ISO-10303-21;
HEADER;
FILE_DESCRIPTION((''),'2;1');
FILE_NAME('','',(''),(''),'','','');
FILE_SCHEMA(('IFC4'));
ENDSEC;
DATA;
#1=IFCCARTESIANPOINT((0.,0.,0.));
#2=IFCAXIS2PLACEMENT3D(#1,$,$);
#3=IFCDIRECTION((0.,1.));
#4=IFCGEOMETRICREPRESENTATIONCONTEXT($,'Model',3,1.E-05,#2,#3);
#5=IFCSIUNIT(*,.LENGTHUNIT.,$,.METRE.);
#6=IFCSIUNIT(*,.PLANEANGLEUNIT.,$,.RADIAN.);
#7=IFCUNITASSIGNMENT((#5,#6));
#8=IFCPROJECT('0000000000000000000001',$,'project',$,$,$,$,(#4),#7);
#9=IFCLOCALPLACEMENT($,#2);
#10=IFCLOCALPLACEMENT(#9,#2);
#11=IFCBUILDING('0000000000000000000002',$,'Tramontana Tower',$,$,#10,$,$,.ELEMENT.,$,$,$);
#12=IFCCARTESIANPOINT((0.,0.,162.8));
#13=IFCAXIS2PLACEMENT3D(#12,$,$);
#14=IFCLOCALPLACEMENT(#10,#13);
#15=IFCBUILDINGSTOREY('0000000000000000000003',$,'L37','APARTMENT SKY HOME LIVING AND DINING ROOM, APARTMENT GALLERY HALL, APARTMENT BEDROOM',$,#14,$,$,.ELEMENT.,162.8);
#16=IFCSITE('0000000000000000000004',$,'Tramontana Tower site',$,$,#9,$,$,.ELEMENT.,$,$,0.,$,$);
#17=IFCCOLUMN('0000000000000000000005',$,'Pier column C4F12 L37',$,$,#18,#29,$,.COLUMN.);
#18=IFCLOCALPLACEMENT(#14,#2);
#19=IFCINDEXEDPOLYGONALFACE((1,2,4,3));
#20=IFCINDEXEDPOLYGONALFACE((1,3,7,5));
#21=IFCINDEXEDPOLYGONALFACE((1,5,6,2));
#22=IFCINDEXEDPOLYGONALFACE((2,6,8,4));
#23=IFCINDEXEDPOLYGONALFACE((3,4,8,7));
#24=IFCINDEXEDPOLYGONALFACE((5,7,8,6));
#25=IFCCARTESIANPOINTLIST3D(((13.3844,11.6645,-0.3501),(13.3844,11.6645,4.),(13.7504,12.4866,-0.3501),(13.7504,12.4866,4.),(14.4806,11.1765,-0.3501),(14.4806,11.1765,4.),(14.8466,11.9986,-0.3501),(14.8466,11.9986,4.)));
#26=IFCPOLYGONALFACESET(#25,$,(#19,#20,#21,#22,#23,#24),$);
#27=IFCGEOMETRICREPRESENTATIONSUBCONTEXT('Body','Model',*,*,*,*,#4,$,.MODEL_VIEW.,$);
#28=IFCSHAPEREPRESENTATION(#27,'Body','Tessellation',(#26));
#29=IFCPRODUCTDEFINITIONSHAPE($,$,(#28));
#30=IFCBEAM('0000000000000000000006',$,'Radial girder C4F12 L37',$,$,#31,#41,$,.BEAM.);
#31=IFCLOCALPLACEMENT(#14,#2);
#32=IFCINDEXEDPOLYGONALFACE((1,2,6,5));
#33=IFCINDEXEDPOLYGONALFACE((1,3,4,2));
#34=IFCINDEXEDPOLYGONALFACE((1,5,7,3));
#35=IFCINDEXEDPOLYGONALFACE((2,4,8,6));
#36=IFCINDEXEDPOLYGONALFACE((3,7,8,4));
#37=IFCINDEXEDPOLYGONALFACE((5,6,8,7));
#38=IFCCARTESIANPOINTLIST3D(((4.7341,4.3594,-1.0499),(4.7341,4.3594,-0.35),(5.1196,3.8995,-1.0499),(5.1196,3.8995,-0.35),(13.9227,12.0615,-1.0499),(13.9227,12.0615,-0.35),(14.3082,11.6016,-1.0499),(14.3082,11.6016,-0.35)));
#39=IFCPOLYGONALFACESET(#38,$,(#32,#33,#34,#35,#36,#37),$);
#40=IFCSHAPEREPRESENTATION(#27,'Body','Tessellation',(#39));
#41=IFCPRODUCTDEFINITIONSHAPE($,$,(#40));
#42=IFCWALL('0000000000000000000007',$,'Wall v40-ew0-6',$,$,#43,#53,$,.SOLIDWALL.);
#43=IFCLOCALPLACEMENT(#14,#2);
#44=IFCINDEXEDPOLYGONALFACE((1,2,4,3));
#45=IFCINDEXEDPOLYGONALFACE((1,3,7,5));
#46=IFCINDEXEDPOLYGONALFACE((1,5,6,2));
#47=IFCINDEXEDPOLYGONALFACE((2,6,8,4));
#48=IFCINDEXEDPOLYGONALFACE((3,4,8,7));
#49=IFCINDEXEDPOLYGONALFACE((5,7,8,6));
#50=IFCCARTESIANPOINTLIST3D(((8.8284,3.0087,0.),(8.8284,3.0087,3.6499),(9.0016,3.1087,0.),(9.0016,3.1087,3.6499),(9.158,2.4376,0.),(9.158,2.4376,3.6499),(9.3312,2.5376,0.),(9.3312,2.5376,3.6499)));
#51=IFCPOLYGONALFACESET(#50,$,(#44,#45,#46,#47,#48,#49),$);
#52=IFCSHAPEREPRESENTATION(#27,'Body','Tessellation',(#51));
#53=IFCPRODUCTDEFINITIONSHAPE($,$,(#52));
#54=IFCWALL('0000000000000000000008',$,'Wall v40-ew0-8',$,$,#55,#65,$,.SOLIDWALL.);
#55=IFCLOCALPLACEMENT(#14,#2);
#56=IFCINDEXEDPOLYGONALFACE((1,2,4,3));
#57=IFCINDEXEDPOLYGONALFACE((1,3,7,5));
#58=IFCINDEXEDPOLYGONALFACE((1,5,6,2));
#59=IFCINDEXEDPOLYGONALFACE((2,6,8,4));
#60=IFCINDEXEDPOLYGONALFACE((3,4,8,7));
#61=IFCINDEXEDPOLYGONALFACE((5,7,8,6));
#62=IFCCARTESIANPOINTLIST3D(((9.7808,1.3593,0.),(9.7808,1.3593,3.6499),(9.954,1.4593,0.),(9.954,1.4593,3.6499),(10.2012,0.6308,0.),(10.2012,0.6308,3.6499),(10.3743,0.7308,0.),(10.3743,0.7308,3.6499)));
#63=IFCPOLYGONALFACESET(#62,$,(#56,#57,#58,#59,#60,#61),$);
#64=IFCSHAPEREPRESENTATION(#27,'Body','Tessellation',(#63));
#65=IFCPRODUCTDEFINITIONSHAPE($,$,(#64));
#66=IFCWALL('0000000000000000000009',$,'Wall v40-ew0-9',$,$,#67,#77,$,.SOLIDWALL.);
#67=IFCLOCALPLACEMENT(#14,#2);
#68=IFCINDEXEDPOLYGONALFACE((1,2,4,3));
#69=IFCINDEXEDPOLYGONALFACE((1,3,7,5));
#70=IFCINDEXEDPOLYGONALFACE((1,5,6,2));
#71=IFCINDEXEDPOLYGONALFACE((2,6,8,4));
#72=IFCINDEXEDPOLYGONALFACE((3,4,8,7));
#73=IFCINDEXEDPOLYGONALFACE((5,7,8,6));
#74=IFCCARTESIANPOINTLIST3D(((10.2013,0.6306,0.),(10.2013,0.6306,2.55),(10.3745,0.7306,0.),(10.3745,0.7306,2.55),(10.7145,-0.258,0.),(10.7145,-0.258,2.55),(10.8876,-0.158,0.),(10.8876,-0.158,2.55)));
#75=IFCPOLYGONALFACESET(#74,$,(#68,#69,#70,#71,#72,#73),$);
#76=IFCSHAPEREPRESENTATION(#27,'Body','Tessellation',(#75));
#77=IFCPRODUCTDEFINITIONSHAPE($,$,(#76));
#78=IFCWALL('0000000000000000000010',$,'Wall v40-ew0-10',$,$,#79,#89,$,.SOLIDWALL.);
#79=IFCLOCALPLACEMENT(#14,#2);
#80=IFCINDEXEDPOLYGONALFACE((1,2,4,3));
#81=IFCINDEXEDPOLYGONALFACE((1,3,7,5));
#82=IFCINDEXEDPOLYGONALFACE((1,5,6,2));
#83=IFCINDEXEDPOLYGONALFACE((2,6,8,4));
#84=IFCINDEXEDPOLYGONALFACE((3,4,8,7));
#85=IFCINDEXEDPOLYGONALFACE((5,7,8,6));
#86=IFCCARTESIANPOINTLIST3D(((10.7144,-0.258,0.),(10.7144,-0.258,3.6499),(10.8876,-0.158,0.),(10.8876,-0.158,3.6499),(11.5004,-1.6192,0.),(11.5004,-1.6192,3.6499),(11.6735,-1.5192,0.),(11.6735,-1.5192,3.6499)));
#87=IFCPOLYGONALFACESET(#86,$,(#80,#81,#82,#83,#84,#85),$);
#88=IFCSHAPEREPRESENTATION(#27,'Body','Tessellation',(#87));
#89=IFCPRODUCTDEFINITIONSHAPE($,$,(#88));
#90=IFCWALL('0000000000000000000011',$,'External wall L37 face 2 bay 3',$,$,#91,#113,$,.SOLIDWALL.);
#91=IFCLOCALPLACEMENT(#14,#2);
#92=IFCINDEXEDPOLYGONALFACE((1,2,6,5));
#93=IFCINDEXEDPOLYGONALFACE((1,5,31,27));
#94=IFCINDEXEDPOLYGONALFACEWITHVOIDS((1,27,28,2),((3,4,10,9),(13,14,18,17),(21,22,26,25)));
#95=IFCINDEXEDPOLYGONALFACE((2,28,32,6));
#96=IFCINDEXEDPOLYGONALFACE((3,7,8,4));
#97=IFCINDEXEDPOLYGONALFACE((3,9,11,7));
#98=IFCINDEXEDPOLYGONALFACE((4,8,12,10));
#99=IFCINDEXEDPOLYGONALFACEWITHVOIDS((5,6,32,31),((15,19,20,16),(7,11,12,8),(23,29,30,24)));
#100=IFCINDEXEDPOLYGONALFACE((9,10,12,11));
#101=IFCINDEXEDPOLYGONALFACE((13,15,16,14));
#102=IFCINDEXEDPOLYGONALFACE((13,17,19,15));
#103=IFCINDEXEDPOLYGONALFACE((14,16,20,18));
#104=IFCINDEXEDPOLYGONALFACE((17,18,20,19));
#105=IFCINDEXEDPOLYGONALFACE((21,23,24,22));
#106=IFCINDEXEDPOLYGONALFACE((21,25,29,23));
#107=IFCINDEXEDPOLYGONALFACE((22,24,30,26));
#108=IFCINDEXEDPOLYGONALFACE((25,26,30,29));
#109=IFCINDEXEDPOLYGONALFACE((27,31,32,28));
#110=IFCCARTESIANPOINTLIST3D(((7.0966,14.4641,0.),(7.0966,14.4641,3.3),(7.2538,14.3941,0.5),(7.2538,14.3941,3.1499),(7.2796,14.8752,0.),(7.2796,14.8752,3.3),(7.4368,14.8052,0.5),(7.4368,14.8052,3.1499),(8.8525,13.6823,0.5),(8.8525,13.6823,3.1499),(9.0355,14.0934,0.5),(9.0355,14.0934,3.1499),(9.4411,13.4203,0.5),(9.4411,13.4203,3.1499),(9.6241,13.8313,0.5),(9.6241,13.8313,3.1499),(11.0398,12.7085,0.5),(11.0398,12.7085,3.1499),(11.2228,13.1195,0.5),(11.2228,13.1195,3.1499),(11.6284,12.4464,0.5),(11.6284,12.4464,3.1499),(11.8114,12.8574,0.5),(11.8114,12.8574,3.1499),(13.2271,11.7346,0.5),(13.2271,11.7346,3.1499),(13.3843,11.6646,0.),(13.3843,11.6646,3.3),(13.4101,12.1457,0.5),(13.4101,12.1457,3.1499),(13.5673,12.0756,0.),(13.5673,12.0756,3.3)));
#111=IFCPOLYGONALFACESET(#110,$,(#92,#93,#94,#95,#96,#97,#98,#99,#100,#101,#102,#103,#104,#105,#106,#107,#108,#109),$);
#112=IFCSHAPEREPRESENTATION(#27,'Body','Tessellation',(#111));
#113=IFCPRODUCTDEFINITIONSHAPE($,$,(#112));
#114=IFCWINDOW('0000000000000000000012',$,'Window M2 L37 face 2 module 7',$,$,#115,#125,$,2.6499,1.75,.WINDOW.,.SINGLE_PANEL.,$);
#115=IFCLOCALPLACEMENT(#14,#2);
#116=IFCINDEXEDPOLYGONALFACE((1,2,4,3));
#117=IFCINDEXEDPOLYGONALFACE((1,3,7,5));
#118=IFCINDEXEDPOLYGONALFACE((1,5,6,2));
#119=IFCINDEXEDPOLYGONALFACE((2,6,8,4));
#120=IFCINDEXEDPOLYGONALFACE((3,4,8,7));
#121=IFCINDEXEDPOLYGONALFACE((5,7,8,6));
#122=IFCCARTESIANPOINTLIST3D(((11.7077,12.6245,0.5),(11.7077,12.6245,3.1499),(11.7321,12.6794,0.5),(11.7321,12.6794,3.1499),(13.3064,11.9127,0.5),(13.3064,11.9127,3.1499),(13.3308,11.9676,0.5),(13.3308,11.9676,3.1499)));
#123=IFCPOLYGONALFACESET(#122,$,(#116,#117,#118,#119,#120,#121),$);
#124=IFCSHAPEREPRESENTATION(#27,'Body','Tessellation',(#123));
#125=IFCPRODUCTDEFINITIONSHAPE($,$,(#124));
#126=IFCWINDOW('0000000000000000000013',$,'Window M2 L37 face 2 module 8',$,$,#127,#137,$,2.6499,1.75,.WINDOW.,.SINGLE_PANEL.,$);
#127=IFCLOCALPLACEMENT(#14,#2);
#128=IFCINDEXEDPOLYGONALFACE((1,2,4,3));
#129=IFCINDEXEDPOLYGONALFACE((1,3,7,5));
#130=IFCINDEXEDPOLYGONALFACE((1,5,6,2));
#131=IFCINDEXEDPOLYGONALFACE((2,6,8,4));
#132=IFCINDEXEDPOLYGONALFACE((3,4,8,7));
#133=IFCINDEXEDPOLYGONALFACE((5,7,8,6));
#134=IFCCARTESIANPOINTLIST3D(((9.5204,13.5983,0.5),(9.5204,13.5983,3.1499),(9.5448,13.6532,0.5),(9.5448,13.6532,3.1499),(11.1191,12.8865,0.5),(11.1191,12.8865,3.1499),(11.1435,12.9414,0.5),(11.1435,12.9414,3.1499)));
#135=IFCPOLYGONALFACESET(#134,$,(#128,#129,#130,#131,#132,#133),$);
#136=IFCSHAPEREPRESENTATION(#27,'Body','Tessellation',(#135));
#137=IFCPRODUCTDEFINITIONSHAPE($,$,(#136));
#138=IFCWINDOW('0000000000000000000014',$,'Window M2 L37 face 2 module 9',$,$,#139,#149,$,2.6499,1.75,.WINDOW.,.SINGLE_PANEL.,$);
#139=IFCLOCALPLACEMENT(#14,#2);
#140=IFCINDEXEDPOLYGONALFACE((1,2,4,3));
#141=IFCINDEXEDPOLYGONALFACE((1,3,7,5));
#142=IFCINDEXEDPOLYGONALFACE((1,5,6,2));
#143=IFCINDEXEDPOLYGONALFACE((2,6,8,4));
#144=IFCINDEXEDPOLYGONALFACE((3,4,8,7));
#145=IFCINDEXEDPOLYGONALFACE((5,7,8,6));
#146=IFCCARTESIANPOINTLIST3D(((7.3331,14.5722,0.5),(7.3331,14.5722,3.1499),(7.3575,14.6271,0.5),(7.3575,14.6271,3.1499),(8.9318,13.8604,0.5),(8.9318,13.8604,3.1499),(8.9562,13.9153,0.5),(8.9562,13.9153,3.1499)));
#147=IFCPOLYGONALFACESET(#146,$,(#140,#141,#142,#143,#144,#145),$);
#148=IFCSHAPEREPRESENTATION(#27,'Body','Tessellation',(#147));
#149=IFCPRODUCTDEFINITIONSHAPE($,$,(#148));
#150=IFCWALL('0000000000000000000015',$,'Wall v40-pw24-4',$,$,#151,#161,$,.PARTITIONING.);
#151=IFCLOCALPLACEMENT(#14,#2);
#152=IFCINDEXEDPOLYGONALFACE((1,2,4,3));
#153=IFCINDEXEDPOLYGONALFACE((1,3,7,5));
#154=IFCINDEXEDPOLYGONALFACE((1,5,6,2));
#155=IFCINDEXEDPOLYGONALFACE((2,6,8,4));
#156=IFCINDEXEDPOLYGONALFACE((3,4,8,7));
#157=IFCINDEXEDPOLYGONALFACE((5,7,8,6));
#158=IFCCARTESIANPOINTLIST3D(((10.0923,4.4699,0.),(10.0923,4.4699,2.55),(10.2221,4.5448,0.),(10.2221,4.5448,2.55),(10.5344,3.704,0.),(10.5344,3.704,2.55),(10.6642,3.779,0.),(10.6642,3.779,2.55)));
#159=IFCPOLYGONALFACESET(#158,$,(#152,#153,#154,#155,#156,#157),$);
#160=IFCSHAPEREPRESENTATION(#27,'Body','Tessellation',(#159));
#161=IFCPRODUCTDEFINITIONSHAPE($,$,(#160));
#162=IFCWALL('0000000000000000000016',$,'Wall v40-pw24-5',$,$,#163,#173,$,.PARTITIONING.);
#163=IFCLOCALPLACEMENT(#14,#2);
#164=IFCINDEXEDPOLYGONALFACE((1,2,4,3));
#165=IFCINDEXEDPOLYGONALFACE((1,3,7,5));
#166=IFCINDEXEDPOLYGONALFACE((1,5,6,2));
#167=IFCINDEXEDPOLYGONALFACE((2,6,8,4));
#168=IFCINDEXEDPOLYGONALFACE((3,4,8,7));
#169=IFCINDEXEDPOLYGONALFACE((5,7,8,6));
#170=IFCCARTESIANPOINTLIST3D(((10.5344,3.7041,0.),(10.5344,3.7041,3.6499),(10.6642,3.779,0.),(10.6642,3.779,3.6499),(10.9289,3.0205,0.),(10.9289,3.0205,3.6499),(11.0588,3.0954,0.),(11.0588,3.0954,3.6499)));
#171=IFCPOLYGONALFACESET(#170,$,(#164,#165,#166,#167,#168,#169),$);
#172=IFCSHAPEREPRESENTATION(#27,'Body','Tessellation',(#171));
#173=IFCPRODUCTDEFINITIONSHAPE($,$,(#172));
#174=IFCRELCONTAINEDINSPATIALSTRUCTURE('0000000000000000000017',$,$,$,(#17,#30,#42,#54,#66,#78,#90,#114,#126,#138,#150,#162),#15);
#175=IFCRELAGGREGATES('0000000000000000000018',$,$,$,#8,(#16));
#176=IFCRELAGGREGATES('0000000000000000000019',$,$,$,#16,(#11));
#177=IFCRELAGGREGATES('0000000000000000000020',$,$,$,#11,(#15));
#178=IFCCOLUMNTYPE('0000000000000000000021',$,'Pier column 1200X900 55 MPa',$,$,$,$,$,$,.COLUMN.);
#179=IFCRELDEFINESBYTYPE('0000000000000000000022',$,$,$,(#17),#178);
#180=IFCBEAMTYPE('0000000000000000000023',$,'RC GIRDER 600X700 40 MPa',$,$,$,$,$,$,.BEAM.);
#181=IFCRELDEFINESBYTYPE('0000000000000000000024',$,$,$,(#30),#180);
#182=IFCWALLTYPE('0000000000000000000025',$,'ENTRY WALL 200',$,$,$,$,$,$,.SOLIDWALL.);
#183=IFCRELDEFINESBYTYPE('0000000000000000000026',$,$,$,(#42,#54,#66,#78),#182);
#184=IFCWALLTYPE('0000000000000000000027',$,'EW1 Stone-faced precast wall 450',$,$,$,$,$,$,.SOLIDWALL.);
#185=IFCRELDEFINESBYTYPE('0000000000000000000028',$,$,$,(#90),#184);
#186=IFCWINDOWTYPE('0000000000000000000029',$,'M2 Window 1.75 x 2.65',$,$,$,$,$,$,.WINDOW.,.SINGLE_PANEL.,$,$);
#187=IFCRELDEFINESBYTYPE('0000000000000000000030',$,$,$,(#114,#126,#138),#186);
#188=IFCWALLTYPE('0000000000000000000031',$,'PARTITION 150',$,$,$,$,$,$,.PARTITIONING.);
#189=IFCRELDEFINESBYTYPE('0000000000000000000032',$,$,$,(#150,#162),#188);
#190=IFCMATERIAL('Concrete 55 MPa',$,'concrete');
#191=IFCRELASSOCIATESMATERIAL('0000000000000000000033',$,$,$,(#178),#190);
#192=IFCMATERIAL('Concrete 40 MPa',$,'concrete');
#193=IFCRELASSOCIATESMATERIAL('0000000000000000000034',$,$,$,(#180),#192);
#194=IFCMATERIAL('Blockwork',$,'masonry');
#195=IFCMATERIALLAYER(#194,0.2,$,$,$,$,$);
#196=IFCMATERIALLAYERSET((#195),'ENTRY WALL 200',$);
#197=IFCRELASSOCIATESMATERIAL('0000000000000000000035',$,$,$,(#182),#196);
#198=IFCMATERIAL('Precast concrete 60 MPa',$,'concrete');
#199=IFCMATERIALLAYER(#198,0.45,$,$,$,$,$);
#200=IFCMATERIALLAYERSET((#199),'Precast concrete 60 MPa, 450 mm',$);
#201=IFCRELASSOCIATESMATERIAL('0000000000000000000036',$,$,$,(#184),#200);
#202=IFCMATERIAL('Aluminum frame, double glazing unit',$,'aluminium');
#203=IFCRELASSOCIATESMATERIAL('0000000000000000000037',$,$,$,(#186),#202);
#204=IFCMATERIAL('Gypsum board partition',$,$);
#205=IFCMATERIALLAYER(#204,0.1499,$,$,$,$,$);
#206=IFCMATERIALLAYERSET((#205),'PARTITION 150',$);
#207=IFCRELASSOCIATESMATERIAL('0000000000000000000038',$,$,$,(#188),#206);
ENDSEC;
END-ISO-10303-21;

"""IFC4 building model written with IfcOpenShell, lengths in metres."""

from ifc_helpers import new_model, si_unit, direction, frame, frame_2d, origin, origin_2d, place, context, subcontext, project, spatial, rectangle, extrude, material, layer, layer_set, material_profile, profile_set, type_object, element, fill, save


model = new_model("IFC4")

# Units and contexts
model_context = context("Model", 3, precision=1e-05, world=origin(), true_north=direction((0.0, 1.0)))
body_context = subcontext(model_context, "Body", "Model", "MODEL_VIEW")
ifc_project = project(units=[si_unit("LENGTHUNIT", "METRE"), si_unit("PLANEANGLEUNIT", "RADIAN")], contexts=[model_context])

# Site, building, storey
site_placement = place(None, origin())
site = spatial("IfcSite", under=ifc_project, at=site_placement, Name="Tramontana Tower site", CompositionType="ELEMENT", RefElevation=0.0)
building_placement = place(site_placement, origin())
building = spatial("IfcBuilding", under=site, at=building_placement, Name="Tramontana Tower", CompositionType="ELEMENT")
storey_placement = place(building_placement, frame((0.0, 0.0, 162.8)))
storey = spatial("IfcBuildingStorey", under=building, at=storey_placement, Name="L37", Description="APARTMENT SKY HOME LIVING AND DINING ROOM, APARTMENT GALLERY HALL, APARTMENT BEDROOM", CompositionType="ELEMENT", Elevation=162.8)

# Column
ifc_material_1 = material(Name="Concrete 55 MPa", Category="concrete")
ifc_material_profile_1 = material_profile(ifc_material_1, rectangle(XDim=1.2, YDim=0.8999, at=origin_2d()), Name="Pier column 1200X900 55 MPa")
ifc_profile_set_1 = profile_set([ifc_material_profile_1], Name="Concrete 55 MPa")
column_type = type_object("IfcColumnType", Name="Pier column 1200X900 55 MPa", PredefinedType="COLUMN", material=ifc_profile_set_1)
column_placement = place(storey_placement, frame((14.1155, 11.8315, -0.3501), z_axis=(0.0, 0.0, 1.0), x_axis=(-0.913545, 0.406737, 0.0)))
element("IfcColumn", 1, at=column_placement, inside=storey, type_object=column_type, Name="Pier column C4F12 L37", PredefinedType="COLUMN", context=body_context, shape_type="SweptSolid", body=[
    extrude(rectangle(XDim=1.2, YDim=0.8999, at=origin_2d()), origin(), (0.0, 0.0, 1.0), 4.3501),
])

# Beam
ifc_material_2 = material(Name="Concrete 40 MPa", Category="concrete")
ifc_material_profile_2 = material_profile(ifc_material_2, rectangle(XDim=0.6001, YDim=0.7, at=origin_2d()), Name="RC GIRDER 600X700 40 MPa")
ifc_profile_set_2 = profile_set([ifc_material_profile_2], Name="Concrete 40 MPa")
beam_type = type_object("IfcBeamType", Name="RC GIRDER 600X700 40 MPa", PredefinedType="BEAM", material=ifc_profile_set_2)
beam_placement = place(storey_placement, frame((14.1155, 11.8315, -0.7), z_axis=(-0.766377, -0.642391, 0.0), x_axis=(0.642391, -0.766377, 0.0)))
element("IfcBeam", 2, at=beam_placement, inside=storey, type_object=beam_type, Name="Radial girder C4F12 L37", PredefinedType="BEAM", context=body_context, shape_type="SweptSolid", body=[
    extrude(rectangle(XDim=0.6001, YDim=0.7, at=origin_2d()), origin(), (0.0, 0.0, 1.0), 11.9897),
])

# Wall
ifc_material_3 = material(Name="Blockwork", Category="masonry")
ifc_layer_1 = layer(ifc_material_3, 0.2)
ifc_layer_set_1 = layer_set([ifc_layer_1], Name="ENTRY WALL 200")
wall_type_1 = type_object("IfcWallType", Name="ENTRY WALL 200", PredefinedType="SOLIDWALL", material=ifc_layer_set_1)
wall_1_placement = place(storey_placement, frame((8.915, 3.0586, 0.0), z_axis=(0.0, 0.0, 1.0), x_axis=(0.499883, -0.866093, 0.0)))
element("IfcWall", 3, at=wall_1_placement, inside=storey, type_object=wall_type_1, Name="Wall v40-ew0-6", PredefinedType="SOLIDWALL", context=body_context, shape_type="SweptSolid", body=[
    extrude(rectangle(XDim=0.6594, YDim=0.2, at=frame_2d((0.3296, 0.0))), origin(), (0.0, 0.0, 1.0), 3.6499),
])

# Walls
wall_2_placement = place(storey_placement, frame((9.8674, 1.4092, 0.0), z_axis=(0.0, 0.0, 1.0), x_axis=(0.499823, -0.866128, 0.0)))
element("IfcWall", 4, at=wall_2_placement, inside=storey, type_object=wall_type_1, Name="Wall v40-ew0-8", PredefinedType="SOLIDWALL", context=body_context, shape_type="SweptSolid", body=[
    extrude(rectangle(XDim=0.8411, YDim=0.2, at=frame_2d((0.4204, 0.0))), origin(), (0.0, 0.0, 1.0), 3.6499),
])
wall_3_placement = place(storey_placement, frame((10.2878, 0.6807, 0.0), z_axis=(0.0, 0.0, 1.0), x_axis=(0.500079, -0.86598, 0.0)))
element("IfcWall", 5, at=wall_3_placement, inside=storey, type_object=wall_type_1, Name="Wall v40-ew0-9", PredefinedType="SOLIDWALL", context=body_context, shape_type="SweptSolid", body=[
    extrude(rectangle(XDim=1.0261, YDim=0.2, at=frame_2d((0.5132, 0.0))), origin(), (0.0, 0.0, 1.0), 2.55),
])
wall_4_placement = place(storey_placement, frame((10.801, -0.208, 0.0), z_axis=(0.0, 0.0, 1.0), x_axis=(0.500032, -0.866007, 0.0)))
element("IfcWall", 6, at=wall_4_placement, inside=storey, type_object=wall_type_1, Name="Wall v40-ew0-10", PredefinedType="SOLIDWALL", context=body_context, shape_type="SweptSolid", body=[
    extrude(rectangle(XDim=1.5718, YDim=0.2, at=frame_2d((0.7859, 0.0))), origin(), (0.0, 0.0, 1.0), 3.6499),
])

# Wall, openings, windows
ifc_material_4 = material(Name="Precast concrete 60 MPa", Category="concrete")
ifc_layer_2 = layer(ifc_material_4, 0.45)
ifc_layer_set_2 = layer_set([ifc_layer_2], Name="Precast concrete 60 MPa, 450 mm")
wall_type_2 = type_object("IfcWallType", Name="EW1 Stone-faced precast wall 450", PredefinedType="SOLIDWALL", material=ifc_layer_set_2)
wall_5_placement = place(storey_placement, frame((13.4758, 11.8701, 0.0), z_axis=(0.0, 0.0, 1.0), x_axis=(-0.913544, 0.406741, 0.0)))
wall_5 = element("IfcWall", 7, at=wall_5_placement, inside=storey, type_object=wall_type_2, Name="External wall L37 face 2 bay 3", PredefinedType="SOLIDWALL", context=body_context, shape_type="SweptSolid", body=[
    extrude(rectangle(XDim=6.8828, YDim=0.45, at=frame_2d((3.4414, 0.0))), origin(), (0.0, 0.0, 1.0), 3.3),
])
opening_1_placement = place(wall_5_placement, frame((0.1721, 0.0, 0.5)))
opening_1 = element("IfcOpeningElement", 8, at=opening_1_placement, cuts=wall_5, PredefinedType="OPENING", context=body_context, shape_type="SweptSolid", body=[
    extrude(rectangle(XDim=1.75, YDim=2.6499, at=frame_2d((0.875, 1.325))), frame((0.0, 0.2349, 0.0), z_axis=(0.0, -1.0, 0.0), x_axis=(1.0, 0.0, 0.0)), (0.0, 0.0, 1.0), 0.47),
])
opening_2_placement = place(wall_5_placement, frame((2.5664, 0.0, 0.5)))
opening_2 = element("IfcOpeningElement", 9, at=opening_2_placement, cuts=wall_5, PredefinedType="OPENING", context=body_context, shape_type="SweptSolid", body=[
    extrude(rectangle(XDim=1.75, YDim=2.6499, at=frame_2d((0.875, 1.325))), frame((0.0, 0.2349, 0.0), z_axis=(0.0, -1.0, 0.0), x_axis=(1.0, 0.0, 0.0)), (0.0, 0.0, 1.0), 0.47),
])
opening_3_placement = place(wall_5_placement, frame((4.9607, 0.0, 0.5)))
opening_3 = element("IfcOpeningElement", 10, at=opening_3_placement, cuts=wall_5, PredefinedType="OPENING", context=body_context, shape_type="SweptSolid", body=[
    extrude(rectangle(XDim=1.75, YDim=2.6499, at=frame_2d((0.875, 1.325))), frame((0.0, 0.2349, 0.0), z_axis=(0.0, -1.0, 0.0), x_axis=(1.0, 0.0, 0.0)), (0.0, 0.0, 1.0), 0.47),
])
ifc_material_5 = material(Name="Aluminum frame, double glazing unit", Category="aluminium")
window_type = type_object("IfcWindowType", Name="M2 Window 1.75 x 2.65", PartitioningType="SINGLE_PANEL", PredefinedType="WINDOW", material=ifc_material_5)
window_1_placement = place(opening_1_placement, origin())
window_1 = element("IfcWindow", 11, at=window_1_placement, inside=storey, type_object=window_type, Name="Window M2 L37 face 2 module 7", OverallHeight=2.6499, OverallWidth=1.75, PartitioningType="SINGLE_PANEL", PredefinedType="WINDOW", context=body_context, shape_type="SweptSolid", body=[
    extrude(rectangle(XDim=1.75, YDim=2.6499, at=frame_2d((0.875, 1.325))), frame((0.0, 0.03, 0.0), z_axis=(0.0, -1.0, 0.0), x_axis=(1.0, 0.0, 0.0)), (0.0, 0.0, 1.0), 0.0601),
])
fill(opening_1, window_1)
window_2_placement = place(opening_2_placement, origin())
window_2 = element("IfcWindow", 12, at=window_2_placement, inside=storey, type_object=window_type, Name="Window M2 L37 face 2 module 8", OverallHeight=2.6499, OverallWidth=1.75, PartitioningType="SINGLE_PANEL", PredefinedType="WINDOW", context=body_context, shape_type="SweptSolid", body=[
    extrude(rectangle(XDim=1.75, YDim=2.6499, at=frame_2d((0.875, 1.325))), frame((0.0, 0.03, 0.0), z_axis=(0.0, -1.0, 0.0), x_axis=(1.0, 0.0, 0.0)), (0.0, 0.0, 1.0), 0.0601),
])
fill(opening_2, window_2)
window_3_placement = place(opening_3_placement, origin())
window_3 = element("IfcWindow", 13, at=window_3_placement, inside=storey, type_object=window_type, Name="Window M2 L37 face 2 module 9", OverallHeight=2.6499, OverallWidth=1.75, PartitioningType="SINGLE_PANEL", PredefinedType="WINDOW", context=body_context, shape_type="SweptSolid", body=[
    extrude(rectangle(XDim=1.75, YDim=2.6499, at=frame_2d((0.875, 1.325))), frame((0.0, 0.03, 0.0), z_axis=(0.0, -1.0, 0.0), x_axis=(1.0, 0.0, 0.0)), (0.0, 0.0, 1.0), 0.0601),
])
fill(opening_3, window_3)

# Shared definitions
ifc_material_6 = material(Name="Gypsum board partition")
ifc_layer_3 = layer(ifc_material_6, 0.1499)
ifc_layer_set_3 = layer_set([ifc_layer_3], Name="PARTITION 150")
wall_type_3 = type_object("IfcWallType", Name="PARTITION 150", PredefinedType="PARTITIONING", material=ifc_layer_set_3)

# Walls
wall_6_placement = place(storey_placement, frame((10.1572, 4.5073, 0.0), z_axis=(0.0, 0.0, 1.0), x_axis=(0.499969, -0.866043, 0.0)))
element("IfcWall", 14, at=wall_6_placement, inside=storey, type_object=wall_type_3, Name="Wall v40-pw24-4", PredefinedType="PARTITIONING", context=body_context, shape_type="SweptSolid", body=[
    extrude(rectangle(XDim=0.8843, YDim=0.1499, at=frame_2d((0.4421, 0.0))), origin(), (0.0, 0.0, 1.0), 2.55),
])
wall_7_placement = place(storey_placement, frame((10.5994, 3.7415, 0.0), z_axis=(0.0, 0.0, 1.0), x_axis=(0.499865, -0.866103, 0.0)))
element("IfcWall", 15, at=wall_7_placement, inside=storey, type_object=wall_type_3, Name="Wall v40-pw24-5", PredefinedType="PARTITIONING", context=body_context, shape_type="SweptSolid", body=[
    extrude(rectangle(XDim=0.7893, YDim=0.1499, at=frame_2d((0.3945, 0.0))), origin(), (0.0, 0.0, 1.0), 3.6499),
])

save(model, "model.ifc")
